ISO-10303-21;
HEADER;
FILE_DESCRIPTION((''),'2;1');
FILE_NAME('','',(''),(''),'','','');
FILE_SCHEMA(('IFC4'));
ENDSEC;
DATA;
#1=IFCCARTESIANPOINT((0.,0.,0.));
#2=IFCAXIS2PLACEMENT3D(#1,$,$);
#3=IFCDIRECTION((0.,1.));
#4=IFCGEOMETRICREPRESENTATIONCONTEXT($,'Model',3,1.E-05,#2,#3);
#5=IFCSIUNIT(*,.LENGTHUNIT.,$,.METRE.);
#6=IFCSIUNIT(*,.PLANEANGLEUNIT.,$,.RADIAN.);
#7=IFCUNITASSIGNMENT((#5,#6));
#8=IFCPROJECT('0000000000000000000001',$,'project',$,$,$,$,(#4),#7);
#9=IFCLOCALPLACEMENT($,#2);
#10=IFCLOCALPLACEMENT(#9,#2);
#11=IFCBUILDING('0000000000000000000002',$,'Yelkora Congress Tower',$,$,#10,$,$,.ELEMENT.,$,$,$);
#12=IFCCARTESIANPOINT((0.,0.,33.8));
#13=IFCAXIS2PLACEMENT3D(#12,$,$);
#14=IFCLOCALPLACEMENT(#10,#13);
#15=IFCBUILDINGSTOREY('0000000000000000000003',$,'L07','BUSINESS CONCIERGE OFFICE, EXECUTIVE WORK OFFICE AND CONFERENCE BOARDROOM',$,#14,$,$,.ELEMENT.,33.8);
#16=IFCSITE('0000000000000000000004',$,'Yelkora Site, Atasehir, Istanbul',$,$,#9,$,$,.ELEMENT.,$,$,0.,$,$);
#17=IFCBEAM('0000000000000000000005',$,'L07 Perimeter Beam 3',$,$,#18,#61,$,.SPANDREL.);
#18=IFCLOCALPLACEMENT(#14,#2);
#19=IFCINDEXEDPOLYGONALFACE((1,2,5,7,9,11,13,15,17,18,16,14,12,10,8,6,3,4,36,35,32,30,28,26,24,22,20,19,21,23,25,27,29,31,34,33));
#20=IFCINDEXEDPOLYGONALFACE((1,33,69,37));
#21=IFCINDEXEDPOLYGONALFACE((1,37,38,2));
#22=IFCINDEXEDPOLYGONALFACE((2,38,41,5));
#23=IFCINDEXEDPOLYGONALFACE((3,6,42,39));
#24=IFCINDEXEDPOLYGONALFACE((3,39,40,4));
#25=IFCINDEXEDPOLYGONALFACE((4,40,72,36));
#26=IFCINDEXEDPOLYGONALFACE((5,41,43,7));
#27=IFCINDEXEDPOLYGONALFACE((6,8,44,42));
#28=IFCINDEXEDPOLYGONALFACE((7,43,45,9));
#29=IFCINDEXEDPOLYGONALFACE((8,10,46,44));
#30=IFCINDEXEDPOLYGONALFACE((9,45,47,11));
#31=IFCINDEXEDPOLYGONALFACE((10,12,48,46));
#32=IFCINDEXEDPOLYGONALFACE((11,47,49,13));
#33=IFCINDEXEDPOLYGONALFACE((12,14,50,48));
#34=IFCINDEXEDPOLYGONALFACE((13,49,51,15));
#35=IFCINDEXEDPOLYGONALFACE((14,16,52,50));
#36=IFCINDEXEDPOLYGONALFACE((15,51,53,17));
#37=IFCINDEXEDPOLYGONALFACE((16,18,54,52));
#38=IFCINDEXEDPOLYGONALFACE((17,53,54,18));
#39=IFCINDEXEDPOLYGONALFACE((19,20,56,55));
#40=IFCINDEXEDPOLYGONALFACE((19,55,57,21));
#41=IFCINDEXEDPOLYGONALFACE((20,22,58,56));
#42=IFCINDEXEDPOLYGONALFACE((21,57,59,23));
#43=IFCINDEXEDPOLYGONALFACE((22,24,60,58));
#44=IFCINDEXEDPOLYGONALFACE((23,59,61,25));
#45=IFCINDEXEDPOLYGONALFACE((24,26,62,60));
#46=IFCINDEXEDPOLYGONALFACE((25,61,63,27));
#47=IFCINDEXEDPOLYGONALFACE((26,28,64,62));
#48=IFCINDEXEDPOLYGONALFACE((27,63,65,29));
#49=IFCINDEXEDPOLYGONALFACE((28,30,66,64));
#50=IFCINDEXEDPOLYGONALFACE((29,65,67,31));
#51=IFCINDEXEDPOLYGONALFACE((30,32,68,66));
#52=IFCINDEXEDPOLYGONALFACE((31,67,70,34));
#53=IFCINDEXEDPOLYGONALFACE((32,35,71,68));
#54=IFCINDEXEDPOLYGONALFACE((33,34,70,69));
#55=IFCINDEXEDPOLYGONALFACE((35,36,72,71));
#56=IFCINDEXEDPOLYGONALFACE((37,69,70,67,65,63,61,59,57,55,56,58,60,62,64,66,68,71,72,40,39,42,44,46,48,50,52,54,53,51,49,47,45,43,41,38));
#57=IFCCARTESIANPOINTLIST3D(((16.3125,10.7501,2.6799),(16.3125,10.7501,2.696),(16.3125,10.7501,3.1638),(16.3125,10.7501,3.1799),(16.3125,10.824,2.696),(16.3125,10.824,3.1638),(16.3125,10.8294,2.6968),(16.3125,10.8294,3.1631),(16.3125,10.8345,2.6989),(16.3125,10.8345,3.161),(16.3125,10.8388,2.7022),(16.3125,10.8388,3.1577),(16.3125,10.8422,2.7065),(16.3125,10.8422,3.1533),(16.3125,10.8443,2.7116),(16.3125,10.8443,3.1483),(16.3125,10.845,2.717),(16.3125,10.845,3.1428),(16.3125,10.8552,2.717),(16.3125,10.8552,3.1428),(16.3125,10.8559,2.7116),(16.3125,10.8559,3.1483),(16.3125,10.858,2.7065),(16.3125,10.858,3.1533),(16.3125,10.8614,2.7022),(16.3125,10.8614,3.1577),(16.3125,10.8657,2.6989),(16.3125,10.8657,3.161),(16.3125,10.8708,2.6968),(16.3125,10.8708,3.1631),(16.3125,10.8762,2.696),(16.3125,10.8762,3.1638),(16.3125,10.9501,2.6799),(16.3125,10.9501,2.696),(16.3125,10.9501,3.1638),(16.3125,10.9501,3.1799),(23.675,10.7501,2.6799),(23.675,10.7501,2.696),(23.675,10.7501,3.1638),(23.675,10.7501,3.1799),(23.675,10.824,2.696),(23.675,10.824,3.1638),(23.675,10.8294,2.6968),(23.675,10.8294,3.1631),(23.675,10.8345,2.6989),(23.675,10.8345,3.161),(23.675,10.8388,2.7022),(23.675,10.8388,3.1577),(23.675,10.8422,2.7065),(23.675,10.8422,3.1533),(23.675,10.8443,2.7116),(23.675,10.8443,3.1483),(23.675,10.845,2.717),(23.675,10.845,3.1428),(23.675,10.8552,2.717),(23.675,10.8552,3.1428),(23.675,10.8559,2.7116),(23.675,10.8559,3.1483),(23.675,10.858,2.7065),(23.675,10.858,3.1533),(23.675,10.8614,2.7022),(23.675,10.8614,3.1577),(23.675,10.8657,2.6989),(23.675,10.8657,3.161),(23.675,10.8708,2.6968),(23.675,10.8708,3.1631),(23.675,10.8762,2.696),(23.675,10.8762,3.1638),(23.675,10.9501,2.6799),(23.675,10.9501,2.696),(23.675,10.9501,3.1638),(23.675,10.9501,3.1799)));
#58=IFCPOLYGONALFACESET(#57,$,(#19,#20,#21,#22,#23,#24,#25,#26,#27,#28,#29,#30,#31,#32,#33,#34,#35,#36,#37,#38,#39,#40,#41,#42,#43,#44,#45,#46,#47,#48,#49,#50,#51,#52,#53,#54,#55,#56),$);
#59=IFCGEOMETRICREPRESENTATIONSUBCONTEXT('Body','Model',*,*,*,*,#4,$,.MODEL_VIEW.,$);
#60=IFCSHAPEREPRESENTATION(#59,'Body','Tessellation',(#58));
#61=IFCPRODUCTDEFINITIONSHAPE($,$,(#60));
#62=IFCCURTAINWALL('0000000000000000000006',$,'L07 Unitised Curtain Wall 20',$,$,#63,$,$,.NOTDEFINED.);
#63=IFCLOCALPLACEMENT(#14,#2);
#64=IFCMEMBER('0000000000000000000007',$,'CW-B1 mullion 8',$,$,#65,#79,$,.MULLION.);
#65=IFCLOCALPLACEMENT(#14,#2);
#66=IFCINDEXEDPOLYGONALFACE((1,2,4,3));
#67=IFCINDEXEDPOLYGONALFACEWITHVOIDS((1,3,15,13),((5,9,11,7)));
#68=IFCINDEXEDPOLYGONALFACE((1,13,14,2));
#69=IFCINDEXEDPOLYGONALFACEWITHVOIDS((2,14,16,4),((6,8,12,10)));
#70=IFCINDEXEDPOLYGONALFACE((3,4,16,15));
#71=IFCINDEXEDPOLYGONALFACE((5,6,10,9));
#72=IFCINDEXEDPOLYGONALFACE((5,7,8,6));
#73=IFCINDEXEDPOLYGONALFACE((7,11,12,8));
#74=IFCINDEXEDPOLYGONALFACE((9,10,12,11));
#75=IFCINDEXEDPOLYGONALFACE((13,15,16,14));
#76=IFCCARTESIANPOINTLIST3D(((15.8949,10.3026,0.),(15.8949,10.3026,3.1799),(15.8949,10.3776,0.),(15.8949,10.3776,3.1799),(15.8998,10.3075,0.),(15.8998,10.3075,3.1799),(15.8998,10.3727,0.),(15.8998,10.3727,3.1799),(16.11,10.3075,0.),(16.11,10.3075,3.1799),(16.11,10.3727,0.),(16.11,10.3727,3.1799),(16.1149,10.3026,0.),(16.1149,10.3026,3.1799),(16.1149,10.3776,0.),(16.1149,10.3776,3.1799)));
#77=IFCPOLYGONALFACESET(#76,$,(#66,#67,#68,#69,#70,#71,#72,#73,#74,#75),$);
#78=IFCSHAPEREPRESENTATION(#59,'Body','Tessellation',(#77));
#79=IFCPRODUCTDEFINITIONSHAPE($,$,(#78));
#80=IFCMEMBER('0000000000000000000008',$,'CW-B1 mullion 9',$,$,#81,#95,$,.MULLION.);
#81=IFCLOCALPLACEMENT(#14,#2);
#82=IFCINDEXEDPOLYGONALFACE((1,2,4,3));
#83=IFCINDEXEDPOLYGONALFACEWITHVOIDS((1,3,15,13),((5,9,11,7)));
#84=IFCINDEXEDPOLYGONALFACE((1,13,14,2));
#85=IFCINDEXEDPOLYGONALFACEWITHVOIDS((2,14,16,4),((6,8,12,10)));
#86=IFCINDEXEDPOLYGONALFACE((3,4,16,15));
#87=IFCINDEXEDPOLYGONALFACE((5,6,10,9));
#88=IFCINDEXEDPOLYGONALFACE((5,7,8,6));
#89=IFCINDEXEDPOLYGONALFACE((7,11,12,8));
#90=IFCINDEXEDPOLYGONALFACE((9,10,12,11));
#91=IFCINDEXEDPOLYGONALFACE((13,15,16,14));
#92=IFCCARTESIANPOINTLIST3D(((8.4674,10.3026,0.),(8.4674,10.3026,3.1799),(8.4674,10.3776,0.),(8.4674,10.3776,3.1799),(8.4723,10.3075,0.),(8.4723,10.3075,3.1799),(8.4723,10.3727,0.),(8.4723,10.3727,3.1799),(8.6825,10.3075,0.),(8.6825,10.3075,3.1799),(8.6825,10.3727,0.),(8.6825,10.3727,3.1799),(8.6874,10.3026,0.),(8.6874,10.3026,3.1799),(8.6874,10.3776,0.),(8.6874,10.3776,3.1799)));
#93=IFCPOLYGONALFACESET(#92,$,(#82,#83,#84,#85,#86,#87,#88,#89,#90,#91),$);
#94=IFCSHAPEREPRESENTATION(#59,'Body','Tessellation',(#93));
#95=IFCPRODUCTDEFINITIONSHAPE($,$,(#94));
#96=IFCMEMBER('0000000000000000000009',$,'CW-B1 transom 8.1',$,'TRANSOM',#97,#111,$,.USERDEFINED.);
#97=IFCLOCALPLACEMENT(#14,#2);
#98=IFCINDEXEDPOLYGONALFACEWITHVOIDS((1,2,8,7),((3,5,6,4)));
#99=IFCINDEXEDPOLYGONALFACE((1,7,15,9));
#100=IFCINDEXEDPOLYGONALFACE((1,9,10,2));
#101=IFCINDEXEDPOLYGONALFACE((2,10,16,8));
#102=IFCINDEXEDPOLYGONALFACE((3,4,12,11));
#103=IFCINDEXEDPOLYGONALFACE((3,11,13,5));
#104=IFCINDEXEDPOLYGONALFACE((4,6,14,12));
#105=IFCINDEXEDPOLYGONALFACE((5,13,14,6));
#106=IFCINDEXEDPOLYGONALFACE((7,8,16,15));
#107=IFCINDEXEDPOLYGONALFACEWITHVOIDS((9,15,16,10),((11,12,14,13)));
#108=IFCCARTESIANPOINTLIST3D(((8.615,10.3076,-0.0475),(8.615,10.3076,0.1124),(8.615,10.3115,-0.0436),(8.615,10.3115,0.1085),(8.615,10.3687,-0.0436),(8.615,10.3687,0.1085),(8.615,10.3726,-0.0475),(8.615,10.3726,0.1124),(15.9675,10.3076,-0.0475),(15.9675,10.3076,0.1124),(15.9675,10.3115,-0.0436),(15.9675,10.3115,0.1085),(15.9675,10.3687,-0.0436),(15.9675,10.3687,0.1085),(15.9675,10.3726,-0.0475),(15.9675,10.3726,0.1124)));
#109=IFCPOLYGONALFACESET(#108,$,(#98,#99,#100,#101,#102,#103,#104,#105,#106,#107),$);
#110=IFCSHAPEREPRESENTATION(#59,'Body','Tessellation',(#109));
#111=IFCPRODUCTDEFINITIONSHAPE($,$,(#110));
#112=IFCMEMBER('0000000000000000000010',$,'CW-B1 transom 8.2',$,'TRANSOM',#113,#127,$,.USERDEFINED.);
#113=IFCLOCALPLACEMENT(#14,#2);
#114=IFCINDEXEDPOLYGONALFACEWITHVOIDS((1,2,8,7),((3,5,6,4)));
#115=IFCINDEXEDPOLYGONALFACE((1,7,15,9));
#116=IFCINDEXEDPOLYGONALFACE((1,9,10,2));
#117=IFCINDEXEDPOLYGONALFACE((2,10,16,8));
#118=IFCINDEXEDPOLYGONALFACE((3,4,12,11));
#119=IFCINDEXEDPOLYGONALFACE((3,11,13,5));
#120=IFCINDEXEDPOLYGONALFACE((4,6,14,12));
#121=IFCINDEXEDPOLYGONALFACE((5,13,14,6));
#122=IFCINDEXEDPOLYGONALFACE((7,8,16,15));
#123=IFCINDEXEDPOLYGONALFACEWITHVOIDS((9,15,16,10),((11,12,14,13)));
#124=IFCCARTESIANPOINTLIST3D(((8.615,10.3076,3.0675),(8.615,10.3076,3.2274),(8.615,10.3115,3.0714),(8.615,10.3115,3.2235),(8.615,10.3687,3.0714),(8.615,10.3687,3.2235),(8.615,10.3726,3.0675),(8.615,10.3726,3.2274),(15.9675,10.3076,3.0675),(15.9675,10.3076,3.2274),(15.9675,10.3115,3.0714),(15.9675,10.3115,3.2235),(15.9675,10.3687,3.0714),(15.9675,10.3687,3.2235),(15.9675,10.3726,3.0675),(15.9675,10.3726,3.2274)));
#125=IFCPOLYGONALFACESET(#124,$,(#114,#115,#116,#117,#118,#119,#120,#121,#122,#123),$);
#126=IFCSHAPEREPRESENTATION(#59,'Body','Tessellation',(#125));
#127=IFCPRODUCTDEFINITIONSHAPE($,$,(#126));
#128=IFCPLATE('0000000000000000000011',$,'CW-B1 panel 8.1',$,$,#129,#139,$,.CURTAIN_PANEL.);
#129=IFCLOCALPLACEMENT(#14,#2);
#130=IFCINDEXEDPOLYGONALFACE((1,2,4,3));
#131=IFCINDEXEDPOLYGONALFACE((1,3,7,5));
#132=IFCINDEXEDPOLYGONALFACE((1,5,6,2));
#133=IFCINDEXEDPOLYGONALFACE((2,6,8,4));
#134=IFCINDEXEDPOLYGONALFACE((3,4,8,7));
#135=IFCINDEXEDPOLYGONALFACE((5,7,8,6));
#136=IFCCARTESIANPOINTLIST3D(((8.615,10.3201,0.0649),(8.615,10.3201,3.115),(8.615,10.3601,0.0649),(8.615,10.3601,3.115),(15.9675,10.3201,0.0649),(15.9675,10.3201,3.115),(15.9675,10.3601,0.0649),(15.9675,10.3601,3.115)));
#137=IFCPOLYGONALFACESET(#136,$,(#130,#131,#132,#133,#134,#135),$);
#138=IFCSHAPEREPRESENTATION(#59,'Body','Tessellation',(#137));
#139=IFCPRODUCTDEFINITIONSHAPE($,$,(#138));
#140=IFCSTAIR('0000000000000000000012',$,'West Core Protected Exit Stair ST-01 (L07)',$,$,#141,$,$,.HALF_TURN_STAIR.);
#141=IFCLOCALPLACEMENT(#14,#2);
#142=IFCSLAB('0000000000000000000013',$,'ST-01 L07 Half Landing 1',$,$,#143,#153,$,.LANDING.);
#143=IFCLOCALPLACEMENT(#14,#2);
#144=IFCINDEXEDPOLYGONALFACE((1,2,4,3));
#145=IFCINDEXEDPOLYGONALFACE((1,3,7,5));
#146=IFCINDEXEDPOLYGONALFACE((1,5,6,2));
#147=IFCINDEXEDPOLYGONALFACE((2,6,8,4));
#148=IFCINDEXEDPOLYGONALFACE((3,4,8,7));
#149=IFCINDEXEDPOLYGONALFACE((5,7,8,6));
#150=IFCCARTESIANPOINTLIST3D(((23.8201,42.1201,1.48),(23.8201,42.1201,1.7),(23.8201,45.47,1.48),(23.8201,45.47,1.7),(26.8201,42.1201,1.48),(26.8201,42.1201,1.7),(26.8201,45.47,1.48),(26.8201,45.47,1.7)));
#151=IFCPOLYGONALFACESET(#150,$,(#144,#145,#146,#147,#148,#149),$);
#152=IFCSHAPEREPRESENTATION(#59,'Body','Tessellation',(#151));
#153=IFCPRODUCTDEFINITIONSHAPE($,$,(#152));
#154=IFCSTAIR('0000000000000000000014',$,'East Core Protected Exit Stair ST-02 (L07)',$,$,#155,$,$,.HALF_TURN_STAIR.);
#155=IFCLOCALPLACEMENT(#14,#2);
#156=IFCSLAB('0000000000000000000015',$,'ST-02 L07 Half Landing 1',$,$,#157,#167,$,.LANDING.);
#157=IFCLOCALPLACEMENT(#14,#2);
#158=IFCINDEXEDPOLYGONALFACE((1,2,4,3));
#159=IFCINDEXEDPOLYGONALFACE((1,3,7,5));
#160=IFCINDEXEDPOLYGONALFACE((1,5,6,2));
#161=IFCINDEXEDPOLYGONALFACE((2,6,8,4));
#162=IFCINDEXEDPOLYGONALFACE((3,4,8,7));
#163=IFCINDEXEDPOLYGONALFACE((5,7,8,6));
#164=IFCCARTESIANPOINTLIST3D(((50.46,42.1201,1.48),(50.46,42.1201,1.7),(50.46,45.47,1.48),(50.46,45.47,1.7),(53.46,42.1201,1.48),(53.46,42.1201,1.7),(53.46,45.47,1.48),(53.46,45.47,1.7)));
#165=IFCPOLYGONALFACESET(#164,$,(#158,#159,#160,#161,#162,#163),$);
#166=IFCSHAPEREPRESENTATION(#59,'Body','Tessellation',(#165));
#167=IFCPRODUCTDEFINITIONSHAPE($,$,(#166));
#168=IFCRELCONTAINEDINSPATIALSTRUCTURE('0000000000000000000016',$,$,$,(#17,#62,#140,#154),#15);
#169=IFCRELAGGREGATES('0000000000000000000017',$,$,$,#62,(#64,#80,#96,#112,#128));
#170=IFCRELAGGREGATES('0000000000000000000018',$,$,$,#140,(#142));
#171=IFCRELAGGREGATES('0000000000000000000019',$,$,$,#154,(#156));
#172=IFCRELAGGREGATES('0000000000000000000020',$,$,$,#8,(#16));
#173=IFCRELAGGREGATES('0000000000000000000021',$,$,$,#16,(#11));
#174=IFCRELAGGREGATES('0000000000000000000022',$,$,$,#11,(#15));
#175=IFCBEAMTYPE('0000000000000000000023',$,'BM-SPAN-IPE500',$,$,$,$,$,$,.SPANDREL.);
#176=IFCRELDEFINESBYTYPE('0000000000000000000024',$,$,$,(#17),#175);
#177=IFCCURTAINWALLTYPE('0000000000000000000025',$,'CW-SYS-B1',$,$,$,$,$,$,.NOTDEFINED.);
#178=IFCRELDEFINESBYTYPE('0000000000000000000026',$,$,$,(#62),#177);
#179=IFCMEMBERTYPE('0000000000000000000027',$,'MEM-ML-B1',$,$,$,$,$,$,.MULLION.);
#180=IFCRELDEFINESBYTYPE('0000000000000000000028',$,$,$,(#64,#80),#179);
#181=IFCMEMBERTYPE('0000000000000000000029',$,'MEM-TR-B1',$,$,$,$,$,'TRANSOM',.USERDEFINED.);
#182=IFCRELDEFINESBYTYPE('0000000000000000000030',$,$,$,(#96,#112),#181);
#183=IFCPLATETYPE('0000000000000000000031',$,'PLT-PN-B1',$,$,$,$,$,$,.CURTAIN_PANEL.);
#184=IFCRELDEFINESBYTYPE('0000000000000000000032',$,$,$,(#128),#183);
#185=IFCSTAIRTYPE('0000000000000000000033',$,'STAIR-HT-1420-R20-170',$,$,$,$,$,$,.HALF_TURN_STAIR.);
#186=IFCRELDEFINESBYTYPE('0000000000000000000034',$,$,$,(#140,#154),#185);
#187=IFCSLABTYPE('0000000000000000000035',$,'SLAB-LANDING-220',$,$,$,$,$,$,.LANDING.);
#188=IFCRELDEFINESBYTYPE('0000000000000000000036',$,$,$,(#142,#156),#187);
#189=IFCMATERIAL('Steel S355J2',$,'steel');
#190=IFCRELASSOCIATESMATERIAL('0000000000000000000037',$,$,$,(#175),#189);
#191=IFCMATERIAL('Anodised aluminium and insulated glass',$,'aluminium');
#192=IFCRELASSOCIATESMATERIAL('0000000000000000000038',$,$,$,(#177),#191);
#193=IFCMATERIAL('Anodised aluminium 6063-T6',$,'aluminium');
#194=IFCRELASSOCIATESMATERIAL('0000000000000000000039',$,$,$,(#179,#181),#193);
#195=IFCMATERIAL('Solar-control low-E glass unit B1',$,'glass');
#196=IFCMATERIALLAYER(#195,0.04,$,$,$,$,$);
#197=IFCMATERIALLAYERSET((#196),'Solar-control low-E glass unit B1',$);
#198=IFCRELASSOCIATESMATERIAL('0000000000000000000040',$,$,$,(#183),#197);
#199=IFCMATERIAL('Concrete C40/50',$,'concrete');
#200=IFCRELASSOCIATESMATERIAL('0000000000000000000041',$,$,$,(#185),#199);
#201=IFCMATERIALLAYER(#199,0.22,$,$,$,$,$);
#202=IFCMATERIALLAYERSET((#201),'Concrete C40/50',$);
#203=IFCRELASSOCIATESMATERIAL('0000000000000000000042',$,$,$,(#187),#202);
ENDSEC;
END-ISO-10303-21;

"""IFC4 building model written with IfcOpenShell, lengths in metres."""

from ifc_helpers import new_model, si_unit, direction, frame, origin, origin_2d, place, context, subcontext, project, spatial, polyline, rectangle, hollow_rectangle, i_section, outline, extrude, material, layer, layer_set, material_profile, profile_set, type_object, element, aggregate, save


model = new_model("IFC4")

# Units and contexts
model_context = context("Model", 3, precision=1e-05, world=origin(), true_north=direction((0.0, 1.0)))
body_context = subcontext(model_context, "Body", "Model", "MODEL_VIEW")
ifc_project = project(units=[si_unit("LENGTHUNIT", "METRE"), si_unit("PLANEANGLEUNIT", "RADIAN")], contexts=[model_context])

# Site, building, storey
site_placement = place(None, origin())
site = spatial("IfcSite", under=ifc_project, at=site_placement, Name="Yelkora Site, Atasehir, Istanbul", CompositionType="ELEMENT", RefElevation=0.0)
building_placement = place(site_placement, origin())
building = spatial("IfcBuilding", under=site, at=building_placement, Name="Yelkora Congress Tower", CompositionType="ELEMENT")
storey_placement = place(building_placement, frame((0.0, 0.0, 33.8)))
storey = spatial("IfcBuildingStorey", under=building, at=storey_placement, Name="L07", Description="BUSINESS CONCIERGE OFFICE, EXECUTIVE WORK OFFICE AND CONFERENCE BOARDROOM", CompositionType="ELEMENT", Elevation=33.8)

# Beam
ifc_material_1 = material(Name="Steel S355J2", Category="steel")
ifc_material_profile_1 = material_profile(ifc_material_1, i_section(OverallWidth=0.2, OverallDepth=0.5, WebThickness=0.0103, FlangeThickness=0.0161, FilletRadius=0.021, at=origin_2d()), Name="IPE 500")
ifc_profile_set_1 = profile_set([ifc_material_profile_1], Name="Steel S355J2")
beam_type_1 = type_object("IfcBeamType", Name="BM-SPAN-IPE500", PredefinedType="SPANDREL", material=ifc_profile_set_1)
for number, where, z_axis, x_axis, name in (
    (1, (16.3125, 10.8501, 2.9299), (1.0, 0.0, 0.0), (0.0, 1.0, 0.0), "L07 Perimeter Beam 3"),
):
    element("IfcBeam", number, at=place(storey_placement, frame(where, z_axis=z_axis, x_axis=x_axis)), inside=storey, type_object=beam_type_1, Name=name, PredefinedType="SPANDREL", context=body_context, shape_type="SweptSolid", body=[
        extrude(i_section(OverallWidth=0.2, OverallDepth=0.5, WebThickness=0.0103, FlangeThickness=0.0161, FilletRadius=0.021, at=origin_2d()), origin(), (0.0, 0.0, 1.0), 7.3625),
    ])

# Curtain wall, members, plate
ifc_material_2 = material(Name="Anodised aluminium and insulated glass", Category="aluminium")
curtain_wall_type = type_object("IfcCurtainWallType", Name="CW-SYS-B1", PredefinedType="NOTDEFINED", material=ifc_material_2)
curtain_wall_placement = place(storey_placement, origin())
curtain_wall = element("IfcCurtainWall", 2, at=curtain_wall_placement, inside=storey, type_object=curtain_wall_type, Name="L07 Unitised Curtain Wall 20", PredefinedType="NOTDEFINED")
ifc_material_3 = material(Name="Anodised aluminium 6063-T6", Category="aluminium")
ifc_material_profile_2 = material_profile(ifc_material_3, hollow_rectangle(XDim=0.075, YDim=0.22, WallThickness=0.0049, at=origin_2d()), Name="ALU 75x220x5")
ifc_profile_set_2 = profile_set([ifc_material_profile_2], Name="Anodised aluminium 6063-T6")
member_type_1 = type_object("IfcMemberType", Name="MEM-ML-B1", PredefinedType="MULLION", material=ifc_profile_set_2)
member_1_placement = place(storey_placement, frame((16.0049, 10.3401, 0.0), z_axis=(0.0, 0.0, 1.0), x_axis=(0.0, -1.0, 0.0)))
member_1 = element("IfcMember", 3, at=member_1_placement, type_object=member_type_1, Name="CW-B1 mullion 8", PredefinedType="MULLION", context=body_context, shape_type="SweptSolid", body=[
    extrude(hollow_rectangle(XDim=0.075, YDim=0.22, WallThickness=0.0049, at=origin_2d()), origin(), (0.0, 0.0, 1.0), 3.1799),
])
member_2_placement = place(storey_placement, frame((8.5774, 10.3401, 0.0), z_axis=(0.0, 0.0, 1.0), x_axis=(0.0, -1.0, 0.0)))
member_2 = element("IfcMember", 4, at=member_2_placement, type_object=member_type_1, Name="CW-B1 mullion 9", PredefinedType="MULLION", context=body_context, shape_type="SweptSolid", body=[
    extrude(hollow_rectangle(XDim=0.075, YDim=0.22, WallThickness=0.0049, at=origin_2d()), origin(), (0.0, 0.0, 1.0), 3.1799),
])
ifc_material_profile_3 = material_profile(ifc_material_3, hollow_rectangle(XDim=0.0649, YDim=0.1599, WallThickness=0.0039, at=origin_2d()), Name="ALU 65x160x4")
ifc_profile_set_3 = profile_set([ifc_material_profile_3], Name="Anodised aluminium 6063-T6")
member_type_2 = type_object("IfcMemberType", Name="MEM-TR-B1", ElementType="TRANSOM", PredefinedType="USERDEFINED", material=ifc_profile_set_3)
member_3_placement = place(storey_placement, frame((15.9675, 10.3401, 0.0325), z_axis=(-1.0, 0.0, 0.0), x_axis=(0.0, -1.0, 0.0)))
member_3 = element("IfcMember", 5, at=member_3_placement, type_object=member_type_2, Name="CW-B1 transom 8.1", ObjectType="TRANSOM", PredefinedType="USERDEFINED", context=body_context, shape_type="SweptSolid", body=[
    extrude(hollow_rectangle(XDim=0.0649, YDim=0.1599, WallThickness=0.0039, at=origin_2d()), origin(), (0.0, 0.0, 1.0), 7.3525),
])
member_4_placement = place(storey_placement, frame((15.9675, 10.3401, 3.1475), z_axis=(-1.0, 0.0, 0.0), x_axis=(0.0, -1.0, 0.0)))
member_4 = element("IfcMember", 6, at=member_4_placement, type_object=member_type_2, Name="CW-B1 transom 8.2", ObjectType="TRANSOM", PredefinedType="USERDEFINED", context=body_context, shape_type="SweptSolid", body=[
    extrude(hollow_rectangle(XDim=0.0649, YDim=0.1599, WallThickness=0.0039, at=origin_2d()), origin(), (0.0, 0.0, 1.0), 7.3525),
])
ifc_material_4 = material(Name="Solar-control low-E glass unit B1", Category="glass")
ifc_layer_1 = layer(ifc_material_4, 0.04)
ifc_layer_set_1 = layer_set([ifc_layer_1], Name="Solar-control low-E glass unit B1")
plate_type = type_object("IfcPlateType", Name="PLT-PN-B1", PredefinedType="CURTAIN_PANEL", material=ifc_layer_set_1)
plate_placement = place(storey_placement, frame((12.2913, 10.3401, 0.0649), z_axis=(0.0, 0.0, 1.0), x_axis=(-1.0, 0.0, 0.0)))
plate = element("IfcPlate", 7, at=plate_placement, type_object=plate_type, Name="CW-B1 panel 8.1", PredefinedType="CURTAIN_PANEL", context=body_context, shape_type="SweptSolid", body=[
    extrude(rectangle(XDim=7.3525, YDim=0.04, at=origin_2d()), origin(), (0.0, 0.0, 1.0), 3.05),
])
aggregate(curtain_wall, [member_1, member_2, member_3, member_4, plate])

# Stairs, slabs
ifc_material_5 = material(Name="Concrete C40/50", Category="concrete")
stair_type = type_object("IfcStairType", Name="STAIR-HT-1420-R20-170", PredefinedType="HALF_TURN_STAIR", material=ifc_material_5)
stair_1_placement = place(storey_placement, origin())
stair_1 = element("IfcStair", 8, at=stair_1_placement, inside=storey, type_object=stair_type, Name="West Core Protected Exit Stair ST-01 (L07)", PredefinedType="HALF_TURN_STAIR")
ifc_layer_2 = layer(ifc_material_5, 0.22)
ifc_layer_set_2 = layer_set([ifc_layer_2], Name="Concrete C40/50")
slab_type_1 = type_object("IfcSlabType", Name="SLAB-LANDING-220", PredefinedType="LANDING", material=ifc_layer_set_2)
slab_1_placement = place(storey_placement, frame((0.0, 0.0, 1.48)))
slab_1 = element("IfcSlab", 9, at=slab_1_placement, type_object=slab_type_1, Name="ST-01 L07 Half Landing 1", PredefinedType="LANDING", context=body_context, shape_type="SweptSolid", body=[
    extrude(outline(polyline([(26.8201, 42.1201), (26.8201, 45.47), (23.8201, 45.47), (23.8201, 42.1201), (26.8201, 42.1201)])), origin(), (0.0, 0.0, 1.0), 0.22),
])
aggregate(stair_1, [slab_1])
stair_2_placement = place(storey_placement, origin())
stair_2 = element("IfcStair", 10, at=stair_2_placement, inside=storey, type_object=stair_type, Name="East Core Protected Exit Stair ST-02 (L07)", PredefinedType="HALF_TURN_STAIR")
slab_2_placement = place(storey_placement, frame((0.0, 0.0, 1.48)))
slab_2 = element("IfcSlab", 11, at=slab_2_placement, type_object=slab_type_1, Name="ST-02 L07 Half Landing 1", PredefinedType="LANDING", context=body_context, shape_type="SweptSolid", body=[
    extrude(outline(polyline([(53.46, 42.1201), (53.46, 45.47), (50.46, 45.47), (50.46, 42.1201), (53.46, 42.1201)])), origin(), (0.0, 0.0, 1.0), 0.22),
])
aggregate(stair_2, [slab_2])

save(model, "model.ifc")
